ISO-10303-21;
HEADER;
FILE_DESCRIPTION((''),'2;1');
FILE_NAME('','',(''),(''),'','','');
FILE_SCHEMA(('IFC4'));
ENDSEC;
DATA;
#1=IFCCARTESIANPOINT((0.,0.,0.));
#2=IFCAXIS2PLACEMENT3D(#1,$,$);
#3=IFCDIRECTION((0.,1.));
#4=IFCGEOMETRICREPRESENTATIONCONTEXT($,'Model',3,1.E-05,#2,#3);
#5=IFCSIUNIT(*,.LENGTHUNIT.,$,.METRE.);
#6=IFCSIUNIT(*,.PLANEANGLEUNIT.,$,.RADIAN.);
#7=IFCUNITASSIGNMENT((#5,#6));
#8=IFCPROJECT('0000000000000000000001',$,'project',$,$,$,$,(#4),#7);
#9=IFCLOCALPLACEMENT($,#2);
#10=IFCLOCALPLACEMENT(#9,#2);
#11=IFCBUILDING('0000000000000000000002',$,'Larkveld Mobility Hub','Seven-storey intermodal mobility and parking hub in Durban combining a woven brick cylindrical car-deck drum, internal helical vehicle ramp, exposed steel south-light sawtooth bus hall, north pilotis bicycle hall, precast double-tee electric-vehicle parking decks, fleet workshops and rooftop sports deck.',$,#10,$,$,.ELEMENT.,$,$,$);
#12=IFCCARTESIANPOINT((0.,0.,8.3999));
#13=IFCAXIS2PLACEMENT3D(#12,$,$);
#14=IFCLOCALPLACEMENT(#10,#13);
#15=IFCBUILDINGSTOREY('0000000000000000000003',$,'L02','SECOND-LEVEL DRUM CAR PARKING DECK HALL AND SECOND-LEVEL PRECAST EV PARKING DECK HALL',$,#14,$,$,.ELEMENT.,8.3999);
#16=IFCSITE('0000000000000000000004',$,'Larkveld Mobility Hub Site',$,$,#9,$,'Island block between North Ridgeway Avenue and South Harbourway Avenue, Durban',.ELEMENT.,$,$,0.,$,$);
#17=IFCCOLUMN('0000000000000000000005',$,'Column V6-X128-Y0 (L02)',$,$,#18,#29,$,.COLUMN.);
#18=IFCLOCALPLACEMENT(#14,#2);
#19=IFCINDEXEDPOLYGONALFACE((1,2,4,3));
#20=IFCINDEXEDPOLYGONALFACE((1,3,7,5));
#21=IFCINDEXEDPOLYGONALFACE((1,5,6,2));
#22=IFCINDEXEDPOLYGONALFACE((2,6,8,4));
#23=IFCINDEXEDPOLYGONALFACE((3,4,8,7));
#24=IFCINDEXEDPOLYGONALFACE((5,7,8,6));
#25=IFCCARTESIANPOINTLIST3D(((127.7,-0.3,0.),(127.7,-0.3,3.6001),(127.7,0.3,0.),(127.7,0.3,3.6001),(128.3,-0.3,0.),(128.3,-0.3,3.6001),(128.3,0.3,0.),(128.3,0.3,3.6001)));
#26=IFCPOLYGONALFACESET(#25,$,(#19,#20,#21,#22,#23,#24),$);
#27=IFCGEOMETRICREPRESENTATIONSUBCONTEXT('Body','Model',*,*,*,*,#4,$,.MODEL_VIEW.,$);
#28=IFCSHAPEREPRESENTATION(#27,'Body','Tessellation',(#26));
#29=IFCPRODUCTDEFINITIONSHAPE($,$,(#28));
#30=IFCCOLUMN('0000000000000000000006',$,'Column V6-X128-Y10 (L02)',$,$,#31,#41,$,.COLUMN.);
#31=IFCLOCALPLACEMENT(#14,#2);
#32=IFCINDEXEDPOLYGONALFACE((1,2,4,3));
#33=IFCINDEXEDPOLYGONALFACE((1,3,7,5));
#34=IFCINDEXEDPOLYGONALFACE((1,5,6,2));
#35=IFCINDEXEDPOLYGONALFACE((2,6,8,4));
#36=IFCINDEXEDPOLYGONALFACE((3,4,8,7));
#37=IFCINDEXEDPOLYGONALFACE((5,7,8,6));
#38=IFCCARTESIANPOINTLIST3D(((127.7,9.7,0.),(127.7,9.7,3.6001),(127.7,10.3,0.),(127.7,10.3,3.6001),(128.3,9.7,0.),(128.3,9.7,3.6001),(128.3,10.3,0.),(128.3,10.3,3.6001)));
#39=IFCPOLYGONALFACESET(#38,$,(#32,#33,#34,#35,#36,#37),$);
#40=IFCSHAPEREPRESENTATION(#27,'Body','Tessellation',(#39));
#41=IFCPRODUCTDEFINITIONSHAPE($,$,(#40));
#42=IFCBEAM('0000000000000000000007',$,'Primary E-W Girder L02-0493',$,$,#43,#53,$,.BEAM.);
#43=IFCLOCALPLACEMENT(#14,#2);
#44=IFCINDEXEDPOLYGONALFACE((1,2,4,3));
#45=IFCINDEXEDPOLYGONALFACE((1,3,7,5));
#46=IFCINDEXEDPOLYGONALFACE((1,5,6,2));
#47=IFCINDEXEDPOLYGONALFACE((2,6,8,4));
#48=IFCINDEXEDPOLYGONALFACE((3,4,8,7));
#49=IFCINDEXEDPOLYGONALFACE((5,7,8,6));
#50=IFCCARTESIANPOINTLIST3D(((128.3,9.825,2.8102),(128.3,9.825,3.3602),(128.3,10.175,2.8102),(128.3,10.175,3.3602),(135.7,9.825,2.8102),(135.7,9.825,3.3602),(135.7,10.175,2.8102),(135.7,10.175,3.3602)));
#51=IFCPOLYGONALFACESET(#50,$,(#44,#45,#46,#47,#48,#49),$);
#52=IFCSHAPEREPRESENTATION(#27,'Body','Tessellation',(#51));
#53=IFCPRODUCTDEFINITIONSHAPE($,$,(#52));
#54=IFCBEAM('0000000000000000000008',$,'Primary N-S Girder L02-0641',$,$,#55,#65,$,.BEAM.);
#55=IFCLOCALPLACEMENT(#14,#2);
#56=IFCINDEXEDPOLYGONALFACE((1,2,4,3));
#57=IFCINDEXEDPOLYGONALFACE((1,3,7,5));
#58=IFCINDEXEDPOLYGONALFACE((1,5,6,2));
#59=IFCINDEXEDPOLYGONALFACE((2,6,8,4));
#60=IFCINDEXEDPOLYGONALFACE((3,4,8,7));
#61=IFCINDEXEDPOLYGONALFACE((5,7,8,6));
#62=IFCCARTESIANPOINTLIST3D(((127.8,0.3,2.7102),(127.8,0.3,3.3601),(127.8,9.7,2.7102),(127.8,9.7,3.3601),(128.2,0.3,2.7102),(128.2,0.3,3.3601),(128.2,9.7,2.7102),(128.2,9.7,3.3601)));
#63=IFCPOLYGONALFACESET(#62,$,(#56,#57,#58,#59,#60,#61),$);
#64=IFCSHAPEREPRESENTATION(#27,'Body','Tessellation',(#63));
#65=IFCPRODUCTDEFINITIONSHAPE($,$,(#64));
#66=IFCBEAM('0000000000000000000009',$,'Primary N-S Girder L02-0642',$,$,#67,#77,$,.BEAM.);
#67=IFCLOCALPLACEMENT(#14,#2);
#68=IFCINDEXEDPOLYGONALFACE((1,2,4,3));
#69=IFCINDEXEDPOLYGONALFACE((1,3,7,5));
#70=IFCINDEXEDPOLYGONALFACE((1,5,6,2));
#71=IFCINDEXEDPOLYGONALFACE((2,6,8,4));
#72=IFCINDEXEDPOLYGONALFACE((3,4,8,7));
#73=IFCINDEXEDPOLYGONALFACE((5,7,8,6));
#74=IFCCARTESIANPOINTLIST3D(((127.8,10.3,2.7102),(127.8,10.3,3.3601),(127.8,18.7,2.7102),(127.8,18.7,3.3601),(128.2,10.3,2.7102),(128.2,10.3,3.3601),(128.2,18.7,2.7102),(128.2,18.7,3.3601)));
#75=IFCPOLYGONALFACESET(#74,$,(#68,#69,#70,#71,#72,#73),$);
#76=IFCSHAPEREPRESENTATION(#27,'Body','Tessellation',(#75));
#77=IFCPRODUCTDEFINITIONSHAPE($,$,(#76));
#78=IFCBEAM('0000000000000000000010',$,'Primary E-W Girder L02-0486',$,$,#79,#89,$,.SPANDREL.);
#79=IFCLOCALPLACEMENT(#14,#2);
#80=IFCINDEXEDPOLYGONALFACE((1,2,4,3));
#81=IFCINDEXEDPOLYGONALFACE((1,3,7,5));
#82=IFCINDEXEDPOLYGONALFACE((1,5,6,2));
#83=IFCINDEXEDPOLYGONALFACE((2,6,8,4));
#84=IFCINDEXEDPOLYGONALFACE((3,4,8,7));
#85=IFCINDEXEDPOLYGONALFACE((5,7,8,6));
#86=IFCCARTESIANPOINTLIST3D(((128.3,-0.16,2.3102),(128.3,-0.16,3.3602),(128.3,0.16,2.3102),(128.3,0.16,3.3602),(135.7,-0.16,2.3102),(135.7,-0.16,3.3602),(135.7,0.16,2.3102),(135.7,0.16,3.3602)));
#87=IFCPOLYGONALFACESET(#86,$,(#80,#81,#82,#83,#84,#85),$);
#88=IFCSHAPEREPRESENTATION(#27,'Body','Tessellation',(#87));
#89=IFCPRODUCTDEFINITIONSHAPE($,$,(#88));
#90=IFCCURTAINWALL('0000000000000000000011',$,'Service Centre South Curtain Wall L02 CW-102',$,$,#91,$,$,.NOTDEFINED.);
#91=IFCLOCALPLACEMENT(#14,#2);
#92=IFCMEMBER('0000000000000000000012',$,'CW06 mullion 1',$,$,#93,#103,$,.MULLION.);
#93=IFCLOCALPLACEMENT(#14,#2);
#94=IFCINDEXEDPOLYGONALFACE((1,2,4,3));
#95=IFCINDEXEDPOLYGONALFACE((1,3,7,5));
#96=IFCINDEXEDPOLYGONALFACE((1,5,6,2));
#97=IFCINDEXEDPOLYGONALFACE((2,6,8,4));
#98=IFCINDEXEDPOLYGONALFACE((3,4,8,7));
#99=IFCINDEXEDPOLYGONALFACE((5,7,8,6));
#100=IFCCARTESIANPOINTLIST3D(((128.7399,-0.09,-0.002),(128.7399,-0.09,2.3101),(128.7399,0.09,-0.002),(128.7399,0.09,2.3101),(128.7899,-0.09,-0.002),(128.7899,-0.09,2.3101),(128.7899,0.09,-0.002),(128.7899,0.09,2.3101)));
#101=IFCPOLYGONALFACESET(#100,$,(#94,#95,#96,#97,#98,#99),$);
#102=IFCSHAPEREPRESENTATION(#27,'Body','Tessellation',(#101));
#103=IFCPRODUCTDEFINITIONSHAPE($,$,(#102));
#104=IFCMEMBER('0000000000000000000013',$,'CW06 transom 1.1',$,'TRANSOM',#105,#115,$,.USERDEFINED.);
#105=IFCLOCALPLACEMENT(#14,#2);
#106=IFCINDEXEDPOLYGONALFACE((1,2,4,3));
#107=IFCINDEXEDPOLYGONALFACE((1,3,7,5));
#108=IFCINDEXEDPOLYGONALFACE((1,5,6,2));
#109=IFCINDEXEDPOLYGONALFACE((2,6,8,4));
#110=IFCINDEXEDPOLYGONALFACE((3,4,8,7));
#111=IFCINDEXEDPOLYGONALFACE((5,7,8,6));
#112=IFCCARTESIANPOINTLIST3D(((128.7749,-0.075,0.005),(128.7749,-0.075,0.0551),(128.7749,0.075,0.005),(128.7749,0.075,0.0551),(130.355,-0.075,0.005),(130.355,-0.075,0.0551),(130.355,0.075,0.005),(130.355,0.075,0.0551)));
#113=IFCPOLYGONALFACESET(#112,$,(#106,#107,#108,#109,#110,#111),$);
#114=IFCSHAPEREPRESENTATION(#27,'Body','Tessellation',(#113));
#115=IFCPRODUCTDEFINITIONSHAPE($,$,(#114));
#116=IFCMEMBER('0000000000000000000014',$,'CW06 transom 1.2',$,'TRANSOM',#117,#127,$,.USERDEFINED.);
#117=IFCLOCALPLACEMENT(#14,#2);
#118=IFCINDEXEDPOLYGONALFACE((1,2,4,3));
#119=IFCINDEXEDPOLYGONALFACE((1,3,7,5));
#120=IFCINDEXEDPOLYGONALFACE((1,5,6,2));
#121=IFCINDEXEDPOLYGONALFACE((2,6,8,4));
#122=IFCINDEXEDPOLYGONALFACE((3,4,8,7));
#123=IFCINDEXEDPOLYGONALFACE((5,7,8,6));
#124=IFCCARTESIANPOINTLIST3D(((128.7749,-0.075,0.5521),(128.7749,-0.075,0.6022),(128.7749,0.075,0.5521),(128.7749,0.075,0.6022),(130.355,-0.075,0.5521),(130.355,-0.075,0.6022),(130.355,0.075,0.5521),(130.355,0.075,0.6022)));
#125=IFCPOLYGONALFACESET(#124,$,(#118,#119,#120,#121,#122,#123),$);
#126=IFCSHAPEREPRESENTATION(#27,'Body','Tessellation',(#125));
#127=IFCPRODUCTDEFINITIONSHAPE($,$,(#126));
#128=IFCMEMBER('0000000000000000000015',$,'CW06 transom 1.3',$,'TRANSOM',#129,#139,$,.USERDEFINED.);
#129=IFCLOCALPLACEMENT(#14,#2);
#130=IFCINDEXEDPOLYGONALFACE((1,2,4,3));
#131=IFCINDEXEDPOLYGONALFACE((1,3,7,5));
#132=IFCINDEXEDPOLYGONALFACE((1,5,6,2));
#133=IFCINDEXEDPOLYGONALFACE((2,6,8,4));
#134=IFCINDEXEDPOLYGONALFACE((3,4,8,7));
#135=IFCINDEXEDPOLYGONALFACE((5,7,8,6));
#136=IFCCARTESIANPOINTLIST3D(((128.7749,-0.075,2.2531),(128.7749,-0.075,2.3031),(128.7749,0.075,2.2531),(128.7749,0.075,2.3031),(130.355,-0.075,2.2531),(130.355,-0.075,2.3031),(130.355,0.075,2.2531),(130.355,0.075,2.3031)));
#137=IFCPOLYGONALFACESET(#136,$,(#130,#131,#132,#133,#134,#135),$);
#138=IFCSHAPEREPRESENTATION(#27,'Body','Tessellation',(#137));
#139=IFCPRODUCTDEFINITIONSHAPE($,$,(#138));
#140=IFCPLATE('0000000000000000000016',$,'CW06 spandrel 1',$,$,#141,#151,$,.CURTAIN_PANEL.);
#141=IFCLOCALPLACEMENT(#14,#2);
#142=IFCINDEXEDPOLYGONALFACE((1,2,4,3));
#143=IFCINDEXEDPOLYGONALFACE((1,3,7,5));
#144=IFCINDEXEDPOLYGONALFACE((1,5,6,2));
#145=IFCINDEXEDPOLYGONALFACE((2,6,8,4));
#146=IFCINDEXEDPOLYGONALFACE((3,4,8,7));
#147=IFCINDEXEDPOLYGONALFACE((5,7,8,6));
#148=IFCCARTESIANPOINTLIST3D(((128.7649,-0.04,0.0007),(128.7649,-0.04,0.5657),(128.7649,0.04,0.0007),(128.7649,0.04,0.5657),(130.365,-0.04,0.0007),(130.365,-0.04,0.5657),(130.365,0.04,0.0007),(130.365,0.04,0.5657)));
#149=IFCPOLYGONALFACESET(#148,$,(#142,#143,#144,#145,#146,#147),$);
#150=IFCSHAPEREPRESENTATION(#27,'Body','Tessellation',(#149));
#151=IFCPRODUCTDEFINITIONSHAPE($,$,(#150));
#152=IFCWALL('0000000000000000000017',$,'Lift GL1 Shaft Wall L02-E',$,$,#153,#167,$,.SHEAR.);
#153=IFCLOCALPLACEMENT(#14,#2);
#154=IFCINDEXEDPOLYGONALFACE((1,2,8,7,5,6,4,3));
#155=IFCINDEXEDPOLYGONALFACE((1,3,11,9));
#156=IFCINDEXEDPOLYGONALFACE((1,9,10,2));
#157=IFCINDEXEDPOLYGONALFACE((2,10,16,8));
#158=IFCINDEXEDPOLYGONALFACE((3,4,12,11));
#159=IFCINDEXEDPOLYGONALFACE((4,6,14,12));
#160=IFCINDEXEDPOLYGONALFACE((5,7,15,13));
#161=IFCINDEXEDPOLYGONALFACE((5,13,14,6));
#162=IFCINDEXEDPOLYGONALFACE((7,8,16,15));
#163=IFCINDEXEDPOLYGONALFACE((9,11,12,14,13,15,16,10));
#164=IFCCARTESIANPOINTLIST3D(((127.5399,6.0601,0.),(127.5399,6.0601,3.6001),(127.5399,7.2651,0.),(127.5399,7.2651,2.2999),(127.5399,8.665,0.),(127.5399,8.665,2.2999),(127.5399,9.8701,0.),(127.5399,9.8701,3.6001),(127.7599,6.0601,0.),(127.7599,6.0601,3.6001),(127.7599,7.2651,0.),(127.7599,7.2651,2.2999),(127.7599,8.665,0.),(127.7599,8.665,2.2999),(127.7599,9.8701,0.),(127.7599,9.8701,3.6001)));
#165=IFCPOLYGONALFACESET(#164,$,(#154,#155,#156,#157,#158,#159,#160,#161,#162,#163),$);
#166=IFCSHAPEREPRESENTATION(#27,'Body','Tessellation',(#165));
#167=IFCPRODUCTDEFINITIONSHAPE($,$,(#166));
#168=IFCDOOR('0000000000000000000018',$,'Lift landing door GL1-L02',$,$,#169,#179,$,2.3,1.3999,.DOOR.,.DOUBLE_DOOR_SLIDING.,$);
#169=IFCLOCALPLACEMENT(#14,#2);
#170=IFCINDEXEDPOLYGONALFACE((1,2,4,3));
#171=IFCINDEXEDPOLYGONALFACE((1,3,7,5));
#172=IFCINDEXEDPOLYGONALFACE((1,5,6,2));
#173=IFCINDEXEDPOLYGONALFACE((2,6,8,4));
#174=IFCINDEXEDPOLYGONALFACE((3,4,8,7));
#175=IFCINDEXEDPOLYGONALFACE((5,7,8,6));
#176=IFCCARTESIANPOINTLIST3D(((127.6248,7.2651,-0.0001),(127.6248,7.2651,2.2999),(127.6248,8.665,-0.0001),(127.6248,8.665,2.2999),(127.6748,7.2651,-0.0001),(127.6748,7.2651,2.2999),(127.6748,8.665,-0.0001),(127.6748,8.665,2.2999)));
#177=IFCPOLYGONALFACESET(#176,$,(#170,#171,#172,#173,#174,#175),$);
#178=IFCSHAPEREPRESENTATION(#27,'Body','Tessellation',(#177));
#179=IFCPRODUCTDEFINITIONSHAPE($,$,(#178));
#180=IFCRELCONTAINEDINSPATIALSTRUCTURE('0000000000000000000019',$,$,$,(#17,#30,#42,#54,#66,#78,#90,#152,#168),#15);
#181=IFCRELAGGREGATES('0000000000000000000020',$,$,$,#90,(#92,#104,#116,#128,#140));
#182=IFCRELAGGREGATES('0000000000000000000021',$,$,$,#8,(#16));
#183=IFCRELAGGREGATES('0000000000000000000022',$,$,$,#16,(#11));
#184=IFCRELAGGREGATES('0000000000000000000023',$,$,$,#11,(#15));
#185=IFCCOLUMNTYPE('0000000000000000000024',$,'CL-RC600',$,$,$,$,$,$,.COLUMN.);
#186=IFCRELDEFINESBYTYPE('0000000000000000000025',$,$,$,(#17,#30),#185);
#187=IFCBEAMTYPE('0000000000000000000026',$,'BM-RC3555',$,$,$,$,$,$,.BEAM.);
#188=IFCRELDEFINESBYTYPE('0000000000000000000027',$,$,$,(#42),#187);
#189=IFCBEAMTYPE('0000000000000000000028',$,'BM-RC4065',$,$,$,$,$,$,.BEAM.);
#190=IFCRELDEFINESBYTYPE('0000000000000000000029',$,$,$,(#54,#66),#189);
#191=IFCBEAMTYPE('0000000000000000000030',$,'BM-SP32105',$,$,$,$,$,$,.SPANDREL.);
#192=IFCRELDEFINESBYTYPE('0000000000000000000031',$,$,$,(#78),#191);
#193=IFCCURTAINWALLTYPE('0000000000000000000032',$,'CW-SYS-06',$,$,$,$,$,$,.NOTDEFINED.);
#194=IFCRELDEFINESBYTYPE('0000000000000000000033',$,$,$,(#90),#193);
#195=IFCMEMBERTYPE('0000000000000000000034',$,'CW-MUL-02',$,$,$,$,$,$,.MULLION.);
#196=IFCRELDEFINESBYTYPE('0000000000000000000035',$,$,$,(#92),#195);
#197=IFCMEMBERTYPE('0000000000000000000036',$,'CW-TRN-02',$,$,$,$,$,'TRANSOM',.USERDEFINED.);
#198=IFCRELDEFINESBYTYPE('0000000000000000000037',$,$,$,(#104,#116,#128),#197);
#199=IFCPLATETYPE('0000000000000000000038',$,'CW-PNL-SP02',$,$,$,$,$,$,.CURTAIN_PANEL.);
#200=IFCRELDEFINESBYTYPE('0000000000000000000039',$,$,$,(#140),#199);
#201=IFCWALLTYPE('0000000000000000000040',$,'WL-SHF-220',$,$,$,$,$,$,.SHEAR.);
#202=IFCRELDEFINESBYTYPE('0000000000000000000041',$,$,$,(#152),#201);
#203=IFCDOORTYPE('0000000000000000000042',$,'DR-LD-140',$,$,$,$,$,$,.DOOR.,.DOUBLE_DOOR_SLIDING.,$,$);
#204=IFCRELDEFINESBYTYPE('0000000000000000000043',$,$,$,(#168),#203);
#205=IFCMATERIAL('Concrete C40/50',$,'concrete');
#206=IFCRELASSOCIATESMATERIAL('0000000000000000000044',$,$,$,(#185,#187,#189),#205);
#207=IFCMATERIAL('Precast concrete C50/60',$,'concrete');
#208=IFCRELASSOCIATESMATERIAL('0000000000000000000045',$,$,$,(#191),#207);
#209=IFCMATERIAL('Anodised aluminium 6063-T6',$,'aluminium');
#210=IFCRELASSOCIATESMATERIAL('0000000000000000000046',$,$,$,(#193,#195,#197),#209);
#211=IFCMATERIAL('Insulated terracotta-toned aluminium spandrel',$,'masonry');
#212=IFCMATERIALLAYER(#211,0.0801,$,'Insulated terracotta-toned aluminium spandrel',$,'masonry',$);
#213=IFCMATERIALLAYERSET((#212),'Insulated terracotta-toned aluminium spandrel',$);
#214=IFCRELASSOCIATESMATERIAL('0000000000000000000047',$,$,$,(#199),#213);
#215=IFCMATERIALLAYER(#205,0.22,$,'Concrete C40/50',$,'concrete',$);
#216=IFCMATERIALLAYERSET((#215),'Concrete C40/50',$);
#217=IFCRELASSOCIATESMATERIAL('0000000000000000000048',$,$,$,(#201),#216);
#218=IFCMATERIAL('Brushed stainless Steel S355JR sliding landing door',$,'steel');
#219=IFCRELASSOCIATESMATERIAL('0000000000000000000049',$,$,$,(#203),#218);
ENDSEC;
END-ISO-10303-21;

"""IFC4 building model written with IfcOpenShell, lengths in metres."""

from ifc_helpers import new_model, si_unit, direction, frame, frame_2d, origin, origin_2d, place, context, subcontext, project, spatial, rectangle, extrude, material, layer, layer_set, material_profile, profile_set, type_object, element, fill, aggregate, save


model = new_model("IFC4")

# Units and contexts
model_context = context("Model", 3, precision=1e-05, world=origin(), true_north=direction((0.0, 1.0)))
body_context = subcontext(model_context, "Body", "Model", "MODEL_VIEW")
ifc_project = project(units=[si_unit("LENGTHUNIT", "METRE"), si_unit("PLANEANGLEUNIT", "RADIAN")], contexts=[model_context])

# Site, building, storey
site_placement = place(None, origin())
site = spatial("IfcSite", under=ifc_project, at=site_placement, Name="Larkveld Mobility Hub Site", LongName="Island block between North Ridgeway Avenue and South Harbourway Avenue, Durban", CompositionType="ELEMENT", RefElevation=0.0)
building_placement = place(site_placement, origin())
building = spatial("IfcBuilding", under=site, at=building_placement, Name="Larkveld Mobility Hub", Description="Seven-storey intermodal mobility and parking hub in Durban combining a woven brick cylindrical car-deck drum, internal helical vehicle ramp, exposed steel south-light sawtooth bus hall, north pilotis bicycle hall, precast double-tee electric-vehicle parking decks, fleet workshops and rooftop sports deck.", CompositionType="ELEMENT")
storey_placement = place(building_placement, frame((0.0, 0.0, 8.3999)))
storey = spatial("IfcBuildingStorey", under=building, at=storey_placement, Name="L02", Description="SECOND-LEVEL DRUM CAR PARKING DECK HALL AND SECOND-LEVEL PRECAST EV PARKING DECK HALL", CompositionType="ELEMENT", Elevation=8.3999)

# Columns
ifc_material_1 = material(Name="Concrete C40/50", Category="concrete")
ifc_material_profile_1 = material_profile(ifc_material_1, rectangle(XDim=0.6001, YDim=0.6001, at=origin_2d()), Name="RC COL 600x600")
ifc_profile_set_1 = profile_set([ifc_material_profile_1], Name="Concrete C40/50")
column_type = type_object("IfcColumnType", Name="CL-RC600", PredefinedType="COLUMN", material=ifc_profile_set_1)
for number, where, z_axis, x_axis, name in (
    (1, (128.0, 0.0, 0.0), (0.0, 0.0, 1.0), (1.0, 0.0, 0.0), "Column V6-X128-Y0 (L02)"),
    (2, (128.0, 10.0, 0.0), (0.0, 0.0, 1.0), (1.0, 0.0, 0.0), "Column V6-X128-Y10 (L02)"),
):
    element("IfcColumn", number, at=place(storey_placement, frame(where, z_axis=z_axis, x_axis=x_axis)), inside=storey, type_object=column_type, Name=name, PredefinedType="COLUMN", context=body_context, shape_type="SweptSolid", body=[
        extrude(rectangle(XDim=0.6001, YDim=0.6001, at=origin_2d()), origin(), (0.0, 0.0, 1.0), 3.6001),
    ])

# Beams
ifc_material_profile_2 = material_profile(ifc_material_1, rectangle(XDim=0.3501, YDim=0.55, at=origin_2d()), Name="RC BM 350x550")
ifc_profile_set_2 = profile_set([ifc_material_profile_2], Name="Concrete C40/50")
beam_type_1 = type_object("IfcBeamType", Name="BM-RC3555", PredefinedType="BEAM", material=ifc_profile_set_2)
beam_1_placement = place(storey_placement, frame((128.3, 10.0, 3.0852), z_axis=(1.0, 0.0, 0.0), x_axis=(0.0, 1.0, 0.0)))
element("IfcBeam", 3, at=beam_1_placement, inside=storey, type_object=beam_type_1, Name="Primary E-W Girder L02-0493", PredefinedType="BEAM", context=body_context, shape_type="SweptSolid", body=[
    extrude(rectangle(XDim=0.3501, YDim=0.55, at=origin_2d()), origin(), (0.0, 0.0, 1.0), 7.3999),
])
ifc_material_profile_3 = material_profile(ifc_material_1, rectangle(XDim=0.3999, YDim=0.6499, at=origin_2d()), Name="RC BM 400x650")
ifc_profile_set_3 = profile_set([ifc_material_profile_3], Name="Concrete C40/50")
beam_type_2 = type_object("IfcBeamType", Name="BM-RC4065", PredefinedType="BEAM", material=ifc_profile_set_3)
beam_2_placement = place(storey_placement, frame((128.0, 0.3, 3.0352), z_axis=(0.0, 1.0, 0.0), x_axis=(-1.0, 0.0, 0.0)))
element("IfcBeam", 4, at=beam_2_placement, inside=storey, type_object=beam_type_2, Name="Primary N-S Girder L02-0641", PredefinedType="BEAM", context=body_context, shape_type="SweptSolid", body=[
    extrude(rectangle(XDim=0.3999, YDim=0.6499, at=origin_2d()), origin(), (0.0, 0.0, 1.0), 9.3999),
])
beam_3_placement = place(storey_placement, frame((128.0, 10.3, 3.0352), z_axis=(0.0, 1.0, 0.0), x_axis=(-1.0, 0.0, 0.0)))
element("IfcBeam", 5, at=beam_3_placement, inside=storey, type_object=beam_type_2, Name="Primary N-S Girder L02-0642", PredefinedType="BEAM", context=body_context, shape_type="SweptSolid", body=[
    extrude(rectangle(XDim=0.3999, YDim=0.6499, at=origin_2d()), origin(), (0.0, 0.0, 1.0), 8.3999),
])
ifc_material_2 = material(Name="Precast concrete C50/60", Category="concrete")
ifc_material_profile_4 = material_profile(ifc_material_2, rectangle(XDim=0.3201, YDim=1.05, at=origin_2d()), Name="PC SP 320x1050")
ifc_profile_set_4 = profile_set([ifc_material_profile_4], Name="Precast concrete C50/60")
beam_type_3 = type_object("IfcBeamType", Name="BM-SP32105", PredefinedType="SPANDREL", material=ifc_profile_set_4)
beam_4_placement = place(storey_placement, frame((128.3, 0.0, 2.8352), z_axis=(1.0, 0.0, 0.0), x_axis=(0.0, 1.0, 0.0)))
element("IfcBeam", 6, at=beam_4_placement, inside=storey, type_object=beam_type_3, Name="Primary E-W Girder L02-0486", PredefinedType="SPANDREL", context=body_context, shape_type="SweptSolid", body=[
    extrude(rectangle(XDim=0.3201, YDim=1.05, at=origin_2d()), origin(), (0.0, 0.0, 1.0), 7.3999),
])

# Curtain wall, members, plate
ifc_material_3 = material(Name="Anodised aluminium 6063-T6", Category="aluminium")
curtain_wall_type = type_object("IfcCurtainWallType", Name="CW-SYS-06", PredefinedType="NOTDEFINED", material=ifc_material_3)
curtain_wall_placement = place(storey_placement, origin())
curtain_wall = element("IfcCurtainWall", 7, at=curtain_wall_placement, inside=storey, type_object=curtain_wall_type, Name="Service Centre South Curtain Wall L02 CW-102", PredefinedType="NOTDEFINED")
ifc_material_profile_5 = material_profile(ifc_material_3, rectangle(XDim=0.05, YDim=0.1799, at=origin_2d()), Name="ALU MULL 50x180")
ifc_profile_set_5 = profile_set([ifc_material_profile_5], Name="Anodised aluminium 6063-T6")
member_type_1 = type_object("IfcMemberType", Name="CW-MUL-02", PredefinedType="MULLION", material=ifc_profile_set_5)
member_1_placement = place(storey_placement, frame((128.7649, 0.0, -0.002), z_axis=(0.0, 0.0, 1.0), x_axis=(1.0, 0.0, 0.0)))
member_1 = element("IfcMember", 8, at=member_1_placement, type_object=member_type_1, Name="CW06 mullion 1", PredefinedType="MULLION", context=body_context, shape_type="SweptSolid", body=[
    extrude(rectangle(XDim=0.05, YDim=0.1799, at=origin_2d()), origin(), (0.0, 0.0, 1.0), 2.312),
])
ifc_material_profile_6 = material_profile(ifc_material_3, rectangle(XDim=0.1499, YDim=0.05, at=origin_2d()), Name="ALU TRAN 50x150")
ifc_profile_set_6 = profile_set([ifc_material_profile_6], Name="Anodised aluminium 6063-T6")
member_type_2 = type_object("IfcMemberType", Name="CW-TRN-02", ElementType="TRANSOM", PredefinedType="USERDEFINED", material=ifc_profile_set_6)
member_2_placement = place(storey_placement, frame((128.7749, 0.0, 0.03), z_axis=(1.0, 0.0, 0.0), x_axis=(0.0, 1.0, 0.0)))
member_2 = element("IfcMember", 9, at=member_2_placement, type_object=member_type_2, Name="CW06 transom 1.1", ObjectType="TRANSOM", PredefinedType="USERDEFINED", context=body_context, shape_type="SweptSolid", body=[
    extrude(rectangle(XDim=0.1499, YDim=0.05, at=origin_2d()), origin(), (0.0, 0.0, 1.0), 1.5801),
])
member_3_placement = place(storey_placement, frame((128.7749, 0.0, 0.5771), z_axis=(1.0, 0.0, 0.0), x_axis=(0.0, 1.0, 0.0)))
member_3 = element("IfcMember", 10, at=member_3_placement, type_object=member_type_2, Name="CW06 transom 1.2", ObjectType="TRANSOM", PredefinedType="USERDEFINED", context=body_context, shape_type="SweptSolid", body=[
    extrude(rectangle(XDim=0.1499, YDim=0.05, at=origin_2d()), origin(), (0.0, 0.0, 1.0), 1.5801),
])
member_4_placement = place(storey_placement, frame((128.7749, 0.0, 2.2781), z_axis=(1.0, 0.0, 0.0), x_axis=(0.0, 1.0, 0.0)))
member_4 = element("IfcMember", 11, at=member_4_placement, type_object=member_type_2, Name="CW06 transom 1.3", ObjectType="TRANSOM", PredefinedType="USERDEFINED", context=body_context, shape_type="SweptSolid", body=[
    extrude(rectangle(XDim=0.1499, YDim=0.05, at=origin_2d()), origin(), (0.0, 0.0, 1.0), 1.5801),
])
ifc_material_4 = material(Name="Insulated terracotta-toned aluminium spandrel", Category="masonry")
ifc_layer_1 = layer(ifc_material_4, 0.0801, Name="Insulated terracotta-toned aluminium spandrel", Category="masonry")
ifc_layer_set_1 = layer_set([ifc_layer_1], Name="Insulated terracotta-toned aluminium spandrel")
plate_type = type_object("IfcPlateType", Name="CW-PNL-SP02", PredefinedType="CURTAIN_PANEL", material=ifc_layer_set_1)
plate_placement = place(storey_placement, frame((129.5649, 0.0, 0.0007), z_axis=(0.0, 0.0, 1.0), x_axis=(1.0, 0.0, 0.0)))
plate = element("IfcPlate", 12, at=plate_placement, type_object=plate_type, Name="CW06 spandrel 1", PredefinedType="CURTAIN_PANEL", context=body_context, shape_type="SweptSolid", body=[
    extrude(rectangle(XDim=1.6001, YDim=0.0801, at=origin_2d()), origin(), (0.0, 0.0, 1.0), 0.5649),
])
aggregate(curtain_wall, [member_1, member_2, member_3, member_4, plate])

# Wall, opening, door
ifc_layer_2 = layer(ifc_material_1, 0.22, Name="Concrete C40/50", Category="concrete")
ifc_layer_set_2 = layer_set([ifc_layer_2], Name="Concrete C40/50")
wall_type_1 = type_object("IfcWallType", Name="WL-SHF-220", PredefinedType="SHEAR", material=ifc_layer_set_2)
wall_1_placement = place(storey_placement, frame((127.6499, 9.8701, 0.0), z_axis=(0.0, 0.0, 1.0), x_axis=(0.0, -1.0, 0.0)))
wall_1 = element("IfcWall", 13, at=wall_1_placement, inside=storey, type_object=wall_type_1, Name="Lift GL1 Shaft Wall L02-E", PredefinedType="SHEAR", context=body_context, shape_type="SweptSolid", body=[
    extrude(rectangle(XDim=3.8101, YDim=0.22, at=frame_2d((1.905, 0.0))), origin(), (0.0, 0.0, 1.0), 3.6001),
])
opening_1_placement = place(wall_1_placement, frame((1.2051, 0.0, 0.0)))
opening_1 = element("IfcOpeningElement", 14, at=opening_1_placement, cuts=wall_1, PredefinedType="OPENING", context=body_context, shape_type="SweptSolid", body=[
    extrude(rectangle(XDim=1.3999, YDim=2.3, at=frame_2d((0.7, 1.1499))), frame((0.0, 0.1201, 0.0), z_axis=(0.0, -1.0, 0.0), x_axis=(1.0, 0.0, 0.0)), (0.0, 0.0, 1.0), 0.24),
])
ifc_material_5 = material(Name="Brushed stainless Steel S355JR sliding landing door", Category="steel")
door_type_1 = type_object("IfcDoorType", Name="DR-LD-140", OperationType="DOUBLE_DOOR_SLIDING", PredefinedType="DOOR", material=ifc_material_5)
door_1_placement = place(opening_1_placement, origin())
door_1 = element("IfcDoor", 15, at=door_1_placement, inside=storey, type_object=door_type_1, Name="Lift landing door GL1-L02", OperationType="DOUBLE_DOOR_SLIDING", OverallHeight=2.3, OverallWidth=1.3999, PredefinedType="DOOR", context=body_context, shape_type="SweptSolid", body=[
    extrude(rectangle(XDim=1.3999, YDim=2.3, at=frame_2d((0.7, 1.1499))), frame((0.0, 0.0249, 0.0), z_axis=(0.0, -1.0, 0.0), x_axis=(1.0, 0.0, 0.0)), (0.0, 0.0, 1.0), 0.05),
])
fill(opening_1, door_1)

save(model, "model.ifc")
